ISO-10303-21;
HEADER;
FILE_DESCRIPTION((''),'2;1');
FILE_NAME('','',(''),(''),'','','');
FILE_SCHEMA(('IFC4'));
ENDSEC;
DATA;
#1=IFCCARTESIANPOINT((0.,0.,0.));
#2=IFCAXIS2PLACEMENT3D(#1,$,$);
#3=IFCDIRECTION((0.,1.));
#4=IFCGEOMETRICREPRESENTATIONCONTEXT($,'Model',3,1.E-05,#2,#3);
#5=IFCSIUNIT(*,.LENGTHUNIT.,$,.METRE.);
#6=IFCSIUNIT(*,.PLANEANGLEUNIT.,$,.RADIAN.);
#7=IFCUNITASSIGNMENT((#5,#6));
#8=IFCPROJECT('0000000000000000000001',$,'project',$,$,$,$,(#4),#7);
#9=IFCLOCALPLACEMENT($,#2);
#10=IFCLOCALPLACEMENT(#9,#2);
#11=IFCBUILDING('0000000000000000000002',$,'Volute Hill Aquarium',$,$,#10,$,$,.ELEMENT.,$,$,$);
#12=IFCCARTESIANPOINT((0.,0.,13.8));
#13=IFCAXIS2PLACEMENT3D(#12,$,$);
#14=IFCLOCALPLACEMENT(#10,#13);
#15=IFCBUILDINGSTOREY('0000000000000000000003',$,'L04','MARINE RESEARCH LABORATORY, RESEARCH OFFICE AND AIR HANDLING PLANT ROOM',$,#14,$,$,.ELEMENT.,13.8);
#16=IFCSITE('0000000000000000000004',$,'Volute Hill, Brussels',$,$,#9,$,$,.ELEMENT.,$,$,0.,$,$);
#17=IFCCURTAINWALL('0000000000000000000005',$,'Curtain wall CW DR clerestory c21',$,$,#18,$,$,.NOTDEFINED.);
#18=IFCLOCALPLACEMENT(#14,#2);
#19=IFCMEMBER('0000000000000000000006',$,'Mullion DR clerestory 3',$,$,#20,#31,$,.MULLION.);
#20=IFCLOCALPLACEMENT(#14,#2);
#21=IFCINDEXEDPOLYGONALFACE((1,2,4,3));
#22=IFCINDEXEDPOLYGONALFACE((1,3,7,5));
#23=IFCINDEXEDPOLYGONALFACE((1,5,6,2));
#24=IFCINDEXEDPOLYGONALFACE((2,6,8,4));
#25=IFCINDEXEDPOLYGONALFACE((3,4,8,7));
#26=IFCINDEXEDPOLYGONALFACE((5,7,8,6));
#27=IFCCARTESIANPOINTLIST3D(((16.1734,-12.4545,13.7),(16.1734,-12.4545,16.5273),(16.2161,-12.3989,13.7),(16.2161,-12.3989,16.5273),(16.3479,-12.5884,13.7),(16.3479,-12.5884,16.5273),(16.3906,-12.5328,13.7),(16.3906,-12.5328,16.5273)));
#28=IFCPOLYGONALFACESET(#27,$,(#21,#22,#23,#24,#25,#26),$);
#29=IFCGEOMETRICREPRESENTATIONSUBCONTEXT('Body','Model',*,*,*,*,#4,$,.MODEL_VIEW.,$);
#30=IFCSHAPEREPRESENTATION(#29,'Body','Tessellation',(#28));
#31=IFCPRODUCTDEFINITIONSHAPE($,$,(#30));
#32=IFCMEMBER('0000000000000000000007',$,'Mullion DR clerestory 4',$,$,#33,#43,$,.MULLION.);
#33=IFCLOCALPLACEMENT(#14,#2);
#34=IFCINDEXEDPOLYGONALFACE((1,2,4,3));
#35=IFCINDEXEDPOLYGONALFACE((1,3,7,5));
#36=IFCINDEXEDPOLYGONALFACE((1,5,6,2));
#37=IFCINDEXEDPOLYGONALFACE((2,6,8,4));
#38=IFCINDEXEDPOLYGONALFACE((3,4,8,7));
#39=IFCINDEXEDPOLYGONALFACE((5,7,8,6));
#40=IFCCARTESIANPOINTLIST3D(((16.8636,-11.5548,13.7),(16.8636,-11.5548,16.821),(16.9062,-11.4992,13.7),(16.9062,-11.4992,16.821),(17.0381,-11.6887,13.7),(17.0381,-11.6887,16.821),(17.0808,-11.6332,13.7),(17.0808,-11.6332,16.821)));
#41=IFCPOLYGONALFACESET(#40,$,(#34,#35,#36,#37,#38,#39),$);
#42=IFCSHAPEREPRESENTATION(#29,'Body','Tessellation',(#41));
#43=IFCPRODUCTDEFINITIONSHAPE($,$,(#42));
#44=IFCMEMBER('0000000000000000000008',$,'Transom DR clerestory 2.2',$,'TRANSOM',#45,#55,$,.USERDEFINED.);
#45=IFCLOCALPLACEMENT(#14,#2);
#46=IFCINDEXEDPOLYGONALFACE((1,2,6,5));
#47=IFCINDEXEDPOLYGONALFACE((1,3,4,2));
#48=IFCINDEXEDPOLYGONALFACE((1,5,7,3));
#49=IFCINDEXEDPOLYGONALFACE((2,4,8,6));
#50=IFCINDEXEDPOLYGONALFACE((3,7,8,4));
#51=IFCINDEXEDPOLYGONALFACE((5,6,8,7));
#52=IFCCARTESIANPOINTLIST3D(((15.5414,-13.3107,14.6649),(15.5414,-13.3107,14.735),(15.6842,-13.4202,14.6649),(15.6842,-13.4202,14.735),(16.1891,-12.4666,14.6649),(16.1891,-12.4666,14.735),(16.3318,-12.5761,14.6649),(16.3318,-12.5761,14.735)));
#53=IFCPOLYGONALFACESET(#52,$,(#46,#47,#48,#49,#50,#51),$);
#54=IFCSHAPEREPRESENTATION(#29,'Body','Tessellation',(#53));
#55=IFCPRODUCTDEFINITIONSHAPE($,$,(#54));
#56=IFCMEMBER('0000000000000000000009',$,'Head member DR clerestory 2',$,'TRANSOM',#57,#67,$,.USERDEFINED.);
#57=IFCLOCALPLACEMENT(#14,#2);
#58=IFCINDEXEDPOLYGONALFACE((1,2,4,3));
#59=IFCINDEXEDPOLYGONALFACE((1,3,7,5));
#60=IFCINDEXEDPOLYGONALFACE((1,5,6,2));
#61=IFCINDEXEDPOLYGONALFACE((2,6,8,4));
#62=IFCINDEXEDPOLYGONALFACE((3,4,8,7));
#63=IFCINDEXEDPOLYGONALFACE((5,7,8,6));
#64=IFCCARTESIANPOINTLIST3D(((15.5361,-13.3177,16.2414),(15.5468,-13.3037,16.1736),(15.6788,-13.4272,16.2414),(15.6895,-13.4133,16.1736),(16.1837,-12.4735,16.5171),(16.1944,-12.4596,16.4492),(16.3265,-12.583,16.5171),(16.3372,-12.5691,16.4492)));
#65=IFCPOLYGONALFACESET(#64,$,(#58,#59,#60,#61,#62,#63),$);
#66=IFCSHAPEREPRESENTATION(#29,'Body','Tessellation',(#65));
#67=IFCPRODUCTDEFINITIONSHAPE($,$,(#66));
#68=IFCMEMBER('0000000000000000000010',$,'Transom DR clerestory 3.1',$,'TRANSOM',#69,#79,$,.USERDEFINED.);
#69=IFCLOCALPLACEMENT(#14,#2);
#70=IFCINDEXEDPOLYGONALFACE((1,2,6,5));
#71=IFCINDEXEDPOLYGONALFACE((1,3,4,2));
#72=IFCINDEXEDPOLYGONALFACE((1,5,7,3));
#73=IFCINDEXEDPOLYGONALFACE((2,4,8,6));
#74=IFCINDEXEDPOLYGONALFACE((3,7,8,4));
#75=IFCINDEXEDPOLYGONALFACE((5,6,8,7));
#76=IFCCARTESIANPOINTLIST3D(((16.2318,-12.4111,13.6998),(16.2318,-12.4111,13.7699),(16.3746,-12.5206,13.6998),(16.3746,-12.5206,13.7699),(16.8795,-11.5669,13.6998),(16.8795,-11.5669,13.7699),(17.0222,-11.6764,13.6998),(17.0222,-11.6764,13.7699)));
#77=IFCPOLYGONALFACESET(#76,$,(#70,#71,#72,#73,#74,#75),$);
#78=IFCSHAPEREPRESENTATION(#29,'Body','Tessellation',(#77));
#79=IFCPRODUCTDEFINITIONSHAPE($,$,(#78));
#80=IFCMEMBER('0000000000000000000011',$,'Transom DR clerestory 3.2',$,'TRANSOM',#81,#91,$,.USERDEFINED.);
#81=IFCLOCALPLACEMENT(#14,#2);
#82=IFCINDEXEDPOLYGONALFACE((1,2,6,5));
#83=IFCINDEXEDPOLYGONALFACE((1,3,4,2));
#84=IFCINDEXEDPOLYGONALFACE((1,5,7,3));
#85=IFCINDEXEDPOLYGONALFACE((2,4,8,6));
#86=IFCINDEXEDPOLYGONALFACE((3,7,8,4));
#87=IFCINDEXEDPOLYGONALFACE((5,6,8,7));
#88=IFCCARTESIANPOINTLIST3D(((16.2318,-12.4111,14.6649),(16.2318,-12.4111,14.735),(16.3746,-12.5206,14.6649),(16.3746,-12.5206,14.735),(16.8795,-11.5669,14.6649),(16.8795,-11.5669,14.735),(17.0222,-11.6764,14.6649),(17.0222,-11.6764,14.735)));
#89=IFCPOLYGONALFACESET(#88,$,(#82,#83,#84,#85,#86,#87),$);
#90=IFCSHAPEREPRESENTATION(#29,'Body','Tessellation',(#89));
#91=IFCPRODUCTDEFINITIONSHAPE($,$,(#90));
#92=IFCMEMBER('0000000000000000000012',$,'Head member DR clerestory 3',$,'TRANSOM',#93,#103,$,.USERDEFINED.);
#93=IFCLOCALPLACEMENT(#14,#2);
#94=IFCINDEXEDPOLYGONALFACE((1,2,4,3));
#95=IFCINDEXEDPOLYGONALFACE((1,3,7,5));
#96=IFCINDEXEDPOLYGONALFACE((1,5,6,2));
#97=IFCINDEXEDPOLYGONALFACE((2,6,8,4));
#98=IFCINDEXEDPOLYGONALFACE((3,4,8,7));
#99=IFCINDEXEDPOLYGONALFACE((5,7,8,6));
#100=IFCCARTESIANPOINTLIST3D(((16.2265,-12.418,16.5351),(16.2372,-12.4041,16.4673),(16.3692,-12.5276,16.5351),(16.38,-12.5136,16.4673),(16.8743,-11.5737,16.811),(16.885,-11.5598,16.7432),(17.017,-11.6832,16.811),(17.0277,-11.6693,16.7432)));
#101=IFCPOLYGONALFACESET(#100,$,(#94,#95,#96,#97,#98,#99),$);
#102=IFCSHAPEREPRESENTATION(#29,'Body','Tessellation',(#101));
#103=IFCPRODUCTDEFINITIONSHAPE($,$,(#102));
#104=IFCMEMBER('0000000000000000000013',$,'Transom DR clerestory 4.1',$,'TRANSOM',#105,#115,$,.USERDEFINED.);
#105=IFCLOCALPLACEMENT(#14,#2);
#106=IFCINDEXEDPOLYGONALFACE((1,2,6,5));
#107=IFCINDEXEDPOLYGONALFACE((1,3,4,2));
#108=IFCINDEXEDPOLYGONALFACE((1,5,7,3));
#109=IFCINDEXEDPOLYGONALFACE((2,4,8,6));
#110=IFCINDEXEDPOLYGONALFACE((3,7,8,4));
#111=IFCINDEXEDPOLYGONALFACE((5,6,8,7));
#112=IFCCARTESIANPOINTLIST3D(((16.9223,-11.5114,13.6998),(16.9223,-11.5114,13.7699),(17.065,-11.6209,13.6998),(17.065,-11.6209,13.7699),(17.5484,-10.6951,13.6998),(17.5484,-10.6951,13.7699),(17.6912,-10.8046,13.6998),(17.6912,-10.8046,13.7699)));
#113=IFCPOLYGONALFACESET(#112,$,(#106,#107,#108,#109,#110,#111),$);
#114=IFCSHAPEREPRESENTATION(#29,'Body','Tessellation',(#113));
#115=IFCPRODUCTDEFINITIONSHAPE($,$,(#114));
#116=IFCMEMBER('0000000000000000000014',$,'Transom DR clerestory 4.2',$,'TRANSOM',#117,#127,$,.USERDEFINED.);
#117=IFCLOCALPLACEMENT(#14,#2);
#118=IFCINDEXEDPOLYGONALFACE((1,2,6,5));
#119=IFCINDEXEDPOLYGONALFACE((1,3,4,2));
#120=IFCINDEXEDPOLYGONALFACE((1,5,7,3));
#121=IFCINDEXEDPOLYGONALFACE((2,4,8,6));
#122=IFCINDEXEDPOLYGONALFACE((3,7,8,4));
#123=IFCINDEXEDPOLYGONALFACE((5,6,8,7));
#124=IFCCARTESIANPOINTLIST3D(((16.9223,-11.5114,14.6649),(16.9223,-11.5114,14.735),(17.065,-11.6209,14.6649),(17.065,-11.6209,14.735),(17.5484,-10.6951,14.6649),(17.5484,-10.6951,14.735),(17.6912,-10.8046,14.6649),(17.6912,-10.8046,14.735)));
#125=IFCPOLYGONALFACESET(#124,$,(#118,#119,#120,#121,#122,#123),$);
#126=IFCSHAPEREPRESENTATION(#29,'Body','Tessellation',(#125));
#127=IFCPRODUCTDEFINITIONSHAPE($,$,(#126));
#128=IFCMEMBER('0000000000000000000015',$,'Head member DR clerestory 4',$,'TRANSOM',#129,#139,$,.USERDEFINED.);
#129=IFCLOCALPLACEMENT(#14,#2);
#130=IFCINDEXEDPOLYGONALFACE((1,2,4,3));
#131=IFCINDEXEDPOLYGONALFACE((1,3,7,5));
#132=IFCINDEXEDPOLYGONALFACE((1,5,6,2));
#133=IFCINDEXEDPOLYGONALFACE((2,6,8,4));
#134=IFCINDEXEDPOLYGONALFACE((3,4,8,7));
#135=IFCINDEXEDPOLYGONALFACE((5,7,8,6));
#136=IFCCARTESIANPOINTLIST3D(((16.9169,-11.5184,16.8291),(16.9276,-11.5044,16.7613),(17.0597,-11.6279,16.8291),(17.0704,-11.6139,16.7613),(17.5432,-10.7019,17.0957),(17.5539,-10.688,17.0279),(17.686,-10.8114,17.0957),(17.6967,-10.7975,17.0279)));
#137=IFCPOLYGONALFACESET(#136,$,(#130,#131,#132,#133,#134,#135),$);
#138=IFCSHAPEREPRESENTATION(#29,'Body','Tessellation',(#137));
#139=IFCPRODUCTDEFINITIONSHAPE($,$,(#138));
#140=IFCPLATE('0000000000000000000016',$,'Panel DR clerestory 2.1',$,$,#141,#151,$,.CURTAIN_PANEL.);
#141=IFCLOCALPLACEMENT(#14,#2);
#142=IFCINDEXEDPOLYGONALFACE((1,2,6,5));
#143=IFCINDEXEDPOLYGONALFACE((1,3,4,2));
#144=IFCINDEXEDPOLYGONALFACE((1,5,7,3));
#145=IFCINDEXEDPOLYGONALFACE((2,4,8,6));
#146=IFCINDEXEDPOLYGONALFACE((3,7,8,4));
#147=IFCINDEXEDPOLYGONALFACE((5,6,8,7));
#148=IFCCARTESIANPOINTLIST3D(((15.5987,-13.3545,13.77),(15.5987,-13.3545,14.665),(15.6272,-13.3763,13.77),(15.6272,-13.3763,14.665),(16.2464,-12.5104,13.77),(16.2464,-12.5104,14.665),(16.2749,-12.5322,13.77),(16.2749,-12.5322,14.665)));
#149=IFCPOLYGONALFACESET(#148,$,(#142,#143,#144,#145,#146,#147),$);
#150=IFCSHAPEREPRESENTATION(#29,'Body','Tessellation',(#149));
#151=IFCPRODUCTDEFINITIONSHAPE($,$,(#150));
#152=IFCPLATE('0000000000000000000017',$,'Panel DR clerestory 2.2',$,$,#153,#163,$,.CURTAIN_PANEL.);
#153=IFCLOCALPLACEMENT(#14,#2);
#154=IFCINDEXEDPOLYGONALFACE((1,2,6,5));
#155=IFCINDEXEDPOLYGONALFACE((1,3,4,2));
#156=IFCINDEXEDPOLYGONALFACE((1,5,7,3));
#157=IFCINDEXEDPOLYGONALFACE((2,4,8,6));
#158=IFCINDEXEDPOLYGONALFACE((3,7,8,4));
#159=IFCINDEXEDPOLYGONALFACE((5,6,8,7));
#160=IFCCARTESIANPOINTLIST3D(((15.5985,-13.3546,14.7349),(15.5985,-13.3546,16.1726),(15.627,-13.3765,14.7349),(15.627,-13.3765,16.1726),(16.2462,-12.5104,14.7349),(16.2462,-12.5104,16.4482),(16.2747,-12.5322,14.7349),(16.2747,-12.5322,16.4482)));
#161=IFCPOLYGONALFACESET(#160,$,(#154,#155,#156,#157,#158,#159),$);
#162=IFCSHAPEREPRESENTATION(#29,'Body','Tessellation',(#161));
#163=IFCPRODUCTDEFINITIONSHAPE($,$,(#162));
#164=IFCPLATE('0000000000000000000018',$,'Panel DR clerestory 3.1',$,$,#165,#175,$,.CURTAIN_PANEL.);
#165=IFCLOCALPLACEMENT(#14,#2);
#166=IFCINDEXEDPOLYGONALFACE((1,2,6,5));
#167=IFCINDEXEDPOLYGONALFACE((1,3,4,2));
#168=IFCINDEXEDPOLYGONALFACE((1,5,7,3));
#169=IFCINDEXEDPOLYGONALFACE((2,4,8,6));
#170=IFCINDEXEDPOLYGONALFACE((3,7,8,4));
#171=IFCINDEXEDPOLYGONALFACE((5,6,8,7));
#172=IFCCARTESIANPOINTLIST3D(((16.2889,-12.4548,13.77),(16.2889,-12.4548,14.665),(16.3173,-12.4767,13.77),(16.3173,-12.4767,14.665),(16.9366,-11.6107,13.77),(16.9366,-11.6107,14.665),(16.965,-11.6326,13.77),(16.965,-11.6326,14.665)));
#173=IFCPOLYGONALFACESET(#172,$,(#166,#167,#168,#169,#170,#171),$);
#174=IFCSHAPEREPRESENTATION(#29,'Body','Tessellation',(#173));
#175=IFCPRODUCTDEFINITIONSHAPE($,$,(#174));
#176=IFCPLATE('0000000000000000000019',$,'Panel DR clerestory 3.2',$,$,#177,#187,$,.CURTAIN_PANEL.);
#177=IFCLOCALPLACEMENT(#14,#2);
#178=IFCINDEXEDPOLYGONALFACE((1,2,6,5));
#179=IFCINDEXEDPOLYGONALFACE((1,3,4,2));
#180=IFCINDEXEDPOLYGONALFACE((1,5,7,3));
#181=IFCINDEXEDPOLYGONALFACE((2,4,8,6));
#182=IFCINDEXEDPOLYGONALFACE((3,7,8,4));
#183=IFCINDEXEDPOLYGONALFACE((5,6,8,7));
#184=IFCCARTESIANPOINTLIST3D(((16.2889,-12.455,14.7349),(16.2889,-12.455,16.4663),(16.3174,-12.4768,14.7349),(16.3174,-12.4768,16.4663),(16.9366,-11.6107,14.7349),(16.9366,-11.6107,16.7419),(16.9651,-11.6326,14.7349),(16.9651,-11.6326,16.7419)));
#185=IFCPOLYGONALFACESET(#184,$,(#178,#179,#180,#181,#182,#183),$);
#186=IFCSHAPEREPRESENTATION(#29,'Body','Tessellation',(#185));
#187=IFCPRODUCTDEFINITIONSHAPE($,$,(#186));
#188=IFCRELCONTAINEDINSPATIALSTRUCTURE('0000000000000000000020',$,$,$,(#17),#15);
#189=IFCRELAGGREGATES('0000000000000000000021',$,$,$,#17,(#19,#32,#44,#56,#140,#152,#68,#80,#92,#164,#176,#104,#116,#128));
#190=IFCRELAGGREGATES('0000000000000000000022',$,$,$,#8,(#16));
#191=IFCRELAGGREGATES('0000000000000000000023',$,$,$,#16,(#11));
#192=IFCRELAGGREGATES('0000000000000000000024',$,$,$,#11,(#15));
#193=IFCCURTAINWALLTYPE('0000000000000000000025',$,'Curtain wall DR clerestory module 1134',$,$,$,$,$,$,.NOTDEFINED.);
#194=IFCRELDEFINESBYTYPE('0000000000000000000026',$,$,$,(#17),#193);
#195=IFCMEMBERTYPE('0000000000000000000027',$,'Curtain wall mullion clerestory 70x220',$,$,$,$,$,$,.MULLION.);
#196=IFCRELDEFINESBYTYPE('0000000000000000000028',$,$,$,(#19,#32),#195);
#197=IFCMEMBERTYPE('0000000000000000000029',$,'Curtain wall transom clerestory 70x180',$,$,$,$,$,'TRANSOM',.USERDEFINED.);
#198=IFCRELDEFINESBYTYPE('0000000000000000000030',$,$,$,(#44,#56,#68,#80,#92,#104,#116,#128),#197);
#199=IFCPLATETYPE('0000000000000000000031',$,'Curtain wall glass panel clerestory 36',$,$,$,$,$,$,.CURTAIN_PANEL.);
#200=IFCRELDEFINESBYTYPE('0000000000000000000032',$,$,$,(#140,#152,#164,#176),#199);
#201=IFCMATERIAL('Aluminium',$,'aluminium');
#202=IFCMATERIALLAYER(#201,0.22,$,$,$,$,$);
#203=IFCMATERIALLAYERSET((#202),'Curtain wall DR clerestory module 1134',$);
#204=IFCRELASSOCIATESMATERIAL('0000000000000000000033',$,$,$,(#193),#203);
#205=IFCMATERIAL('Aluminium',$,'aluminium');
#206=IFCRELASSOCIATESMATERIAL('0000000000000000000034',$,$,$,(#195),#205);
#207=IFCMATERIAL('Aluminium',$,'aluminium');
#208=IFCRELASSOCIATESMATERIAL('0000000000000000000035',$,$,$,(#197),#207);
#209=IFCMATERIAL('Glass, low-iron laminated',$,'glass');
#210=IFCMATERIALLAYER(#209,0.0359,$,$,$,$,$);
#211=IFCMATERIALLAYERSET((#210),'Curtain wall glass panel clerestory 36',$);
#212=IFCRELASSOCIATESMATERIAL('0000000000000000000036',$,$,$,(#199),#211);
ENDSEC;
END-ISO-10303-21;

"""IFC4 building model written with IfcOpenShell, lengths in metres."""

from ifc_helpers import new_model, si_unit, direction, frame, origin, origin_2d, place, context, subcontext, project, spatial, polyline, rectangle, outline, extrude, material, layer, layer_set, material_profile, profile_set, type_object, element, aggregate, save


model = new_model("IFC4")

# Units and contexts
model_context = context("Model", 3, precision=1e-05, world=origin(), true_north=direction((0.0, 1.0)))
body_context = subcontext(model_context, "Body", "Model", "MODEL_VIEW")
ifc_project = project(units=[si_unit("LENGTHUNIT", "METRE"), si_unit("PLANEANGLEUNIT", "RADIAN")], contexts=[model_context])

# Site, building, storey
site_placement = place(None, origin())
site = spatial("IfcSite", under=ifc_project, at=site_placement, Name="Volute Hill, Brussels", CompositionType="ELEMENT", RefElevation=0.0)
building_placement = place(site_placement, origin())
building = spatial("IfcBuilding", under=site, at=building_placement, Name="Volute Hill Aquarium", CompositionType="ELEMENT")
storey_placement = place(building_placement, frame((0.0, 0.0, 13.8)))
storey = spatial("IfcBuildingStorey", under=building, at=storey_placement, Name="L04", Description="MARINE RESEARCH LABORATORY, RESEARCH OFFICE AND AIR HANDLING PLANT ROOM", CompositionType="ELEMENT", Elevation=13.8)

# Curtain wall, members, plates
ifc_material_1 = material(Name="Aluminium", Category="aluminium")
ifc_layer_1 = layer(ifc_material_1, 0.22)
ifc_layer_set_1 = layer_set([ifc_layer_1], Name="Curtain wall DR clerestory module 1134")
curtain_wall_type = type_object("IfcCurtainWallType", Name="Curtain wall DR clerestory module 1134", PredefinedType="NOTDEFINED", material=ifc_layer_set_1)
curtain_wall_placement = place(storey_placement, origin())
curtain_wall = element("IfcCurtainWall", 1, at=curtain_wall_placement, inside=storey, type_object=curtain_wall_type, Name="Curtain wall CW DR clerestory c21", PredefinedType="NOTDEFINED")
ifc_material_2 = material(Name="Aluminium", Category="aluminium")
ifc_material_profile_1 = material_profile(ifc_material_2, rectangle(XDim=0.22, YDim=0.0701, at=origin_2d()), Name="Curtain wall mullion clerestory 70x220")
ifc_profile_set_1 = profile_set([ifc_material_profile_1], Name="Aluminium")
member_type_1 = type_object("IfcMemberType", Name="Curtain wall mullion clerestory 70x220", PredefinedType="MULLION", material=ifc_profile_set_1)
member_1_placement = place(storey_placement, frame((16.282, -12.4937, 13.7), z_axis=(0.0, 0.0, 1.0), x_axis=(-0.793354, 0.608761, 0.0)))
member_1 = element("IfcMember", 2, at=member_1_placement, type_object=member_type_1, Name="Mullion DR clerestory 3", PredefinedType="MULLION", context=body_context, shape_type="SweptSolid", body=[
    extrude(rectangle(XDim=0.22, YDim=0.0701, at=origin_2d()), origin(), (0.0, 0.0, 1.0), 2.8274),
])
member_2_placement = place(storey_placement, frame((16.9722, -11.594, 13.7), z_axis=(0.0, 0.0, 1.0), x_axis=(-0.793354, 0.608761, 0.0)))
member_2 = element("IfcMember", 3, at=member_2_placement, type_object=member_type_1, Name="Mullion DR clerestory 4", PredefinedType="MULLION", context=body_context, shape_type="SweptSolid", body=[
    extrude(rectangle(XDim=0.22, YDim=0.0701, at=origin_2d()), origin(), (0.0, 0.0, 1.0), 3.1211),
])
ifc_material_3 = material(Name="Aluminium", Category="aluminium")
ifc_material_profile_2 = material_profile(ifc_material_3, rectangle(XDim=0.1799, YDim=0.0701, at=origin_2d()), Name="Curtain wall transom clerestory 70x180")
ifc_profile_set_2 = profile_set([ifc_material_profile_2], Name="Aluminium")
member_type_2 = type_object("IfcMemberType", Name="Curtain wall transom clerestory 70x180", ElementType="TRANSOM", PredefinedType="USERDEFINED", material=ifc_profile_set_2)
member_3_placement = place(storey_placement, frame((15.6128, -13.3655, 14.7), z_axis=(0.608701, 0.7934, 0.0), x_axis=(-0.7934, 0.608701, 0.0)))
member_3 = element("IfcMember", 4, at=member_3_placement, type_object=member_type_2, Name="Transom DR clerestory 2.2", ObjectType="TRANSOM", PredefinedType="USERDEFINED", context=body_context, shape_type="SweptSolid", body=[
    extrude(rectangle(XDim=0.1799, YDim=0.0701, at=origin_2d()), origin(), (0.0, 0.0, 1.0), 1.064),
])
member_4_placement = place(storey_placement, frame((15.6128, -13.3655, 16.2075), z_axis=(0.589253, 0.76805, 0.25076), x_axis=(-0.7934, 0.608701, 0.0)))
member_4 = element("IfcMember", 5, at=member_4_placement, type_object=member_type_2, Name="Head member DR clerestory 2", ObjectType="TRANSOM", PredefinedType="USERDEFINED", context=body_context, shape_type="SweptSolid", body=[
    extrude(rectangle(XDim=0.1799, YDim=0.0701, at=origin_2d()), origin(), (0.0, 0.0, 1.0), 1.0991),
])
member_5_placement = place(storey_placement, frame((16.3032, -12.4658, 13.7349), z_axis=(0.608701, 0.7934, 0.0), x_axis=(-0.7934, 0.608701, 0.0)))
member_5 = element("IfcMember", 6, at=member_5_placement, type_object=member_type_2, Name="Transom DR clerestory 3.1", ObjectType="TRANSOM", PredefinedType="USERDEFINED", context=body_context, shape_type="SweptSolid", body=[
    extrude(rectangle(XDim=0.1799, YDim=0.0701, at=origin_2d()), origin(), (0.0, 0.0, 1.0), 1.064),
])
member_6_placement = place(storey_placement, frame((16.3032, -12.4658, 14.7), z_axis=(0.608701, 0.7934, 0.0), x_axis=(-0.7934, 0.608701, 0.0)))
member_6 = element("IfcMember", 7, at=member_6_placement, type_object=member_type_2, Name="Transom DR clerestory 3.2", ObjectType="TRANSOM", PredefinedType="USERDEFINED", context=body_context, shape_type="SweptSolid", body=[
    extrude(rectangle(XDim=0.1799, YDim=0.0701, at=origin_2d()), origin(), (0.0, 0.0, 1.0), 1.064),
])
member_7_placement = place(storey_placement, frame((16.3032, -12.4658, 16.5012), z_axis=(0.58922, 0.768007, 0.250968), x_axis=(-0.7934, 0.608701, 0.0)))
member_7 = element("IfcMember", 8, at=member_7_placement, type_object=member_type_2, Name="Head member DR clerestory 3", ObjectType="TRANSOM", PredefinedType="USERDEFINED", context=body_context, shape_type="SweptSolid", body=[
    extrude(rectangle(XDim=0.1799, YDim=0.0701, at=origin_2d()), origin(), (0.0, 0.0, 1.0), 1.0994),
])
member_8_placement = place(storey_placement, frame((16.9937, -11.5662, 13.7349), z_axis=(0.608621, 0.793461, 0.0), x_axis=(-0.793461, 0.608621, 0.0)))
member_8 = element("IfcMember", 9, at=member_8_placement, type_object=member_type_2, Name="Transom DR clerestory 4.1", ObjectType="TRANSOM", PredefinedType="USERDEFINED", context=body_context, shape_type="SweptSolid", body=[
    extrude(rectangle(XDim=0.1799, YDim=0.0701, at=origin_2d()), origin(), (0.0, 0.0, 1.0), 1.0288),
])
member_9_placement = place(storey_placement, frame((16.9937, -11.5662, 14.7), z_axis=(0.608621, 0.793461, 0.0), x_axis=(-0.793461, 0.608621, 0.0)))
member_9 = element("IfcMember", 10, at=member_9_placement, type_object=member_type_2, Name="Transom DR clerestory 4.2", ObjectType="TRANSOM", PredefinedType="USERDEFINED", context=body_context, shape_type="SweptSolid", body=[
    extrude(rectangle(XDim=0.1799, YDim=0.0701, at=origin_2d()), origin(), (0.0, 0.0, 1.0), 1.0288),
])
member_10_placement = place(storey_placement, frame((16.9937, -11.5662, 16.7952), z_axis=(0.589165, 0.768096, 0.250826), x_axis=(-0.793461, 0.608621, 0.0)))
member_10 = element("IfcMember", 11, at=member_10_placement, type_object=member_type_2, Name="Head member DR clerestory 4", ObjectType="TRANSOM", PredefinedType="USERDEFINED", context=body_context, shape_type="SweptSolid", body=[
    extrude(rectangle(XDim=0.1799, YDim=0.0701, at=origin_2d()), origin(), (0.0, 0.0, 1.0), 1.063),
])
ifc_material_4 = material(Name="Glass, low-iron laminated", Category="glass")
ifc_layer_2 = layer(ifc_material_4, 0.0359)
ifc_layer_set_2 = layer_set([ifc_layer_2], Name="Curtain wall glass panel clerestory 36")
plate_type = type_object("IfcPlateType", Name="Curtain wall glass panel clerestory 36", PredefinedType="CURTAIN_PANEL", material=ifc_layer_set_2)
plate_1_placement = place(storey_placement, frame((15.9368, -12.9434, 13.77), z_axis=(0.0, 0.0, 1.0), x_axis=(0.608761, 0.793354, 0.0)))
plate_1 = element("IfcPlate", 12, at=plate_1_placement, type_object=plate_type, Name="Panel DR clerestory 2.1", PredefinedType="CURTAIN_PANEL", context=body_context, shape_type="SweptSolid", body=[
    extrude(rectangle(XDim=1.064, YDim=0.0359, at=origin_2d()), origin(), (0.0, 0.0, 1.0), 0.895),
])
plate_2_placement = place(storey_placement, frame((15.627, -13.3765, 14.7349), z_axis=(0.7934, -0.608701, 0.0), x_axis=(0.608701, 0.7934, 0.0)))
plate_2 = element("IfcPlate", 13, at=plate_2_placement, type_object=plate_type, Name="Panel DR clerestory 2.2", PredefinedType="CURTAIN_PANEL", context=body_context, shape_type="SweptSolid", body=[
    extrude(outline(polyline([(0.0, 0.0), (1.0641, 0.0), (1.0641, 1.7134), (0.0, 1.4377), (0.0, 0.0)])), origin(), (0.0, 0.0, -1.0), 0.0359),
])
plate_3_placement = place(storey_placement, frame((16.627, -12.0437, 13.77), z_axis=(0.0, 0.0, 1.0), x_axis=(0.608761, 0.793354, 0.0)))
plate_3 = element("IfcPlate", 14, at=plate_3_placement, type_object=plate_type, Name="Panel DR clerestory 3.1", PredefinedType="CURTAIN_PANEL", context=body_context, shape_type="SweptSolid", body=[
    extrude(rectangle(XDim=1.064, YDim=0.0359, at=origin_2d()), origin(), (0.0, 0.0, 1.0), 0.895),
])
plate_4_placement = place(storey_placement, frame((16.3174, -12.4768, 14.7349), z_axis=(0.7934, -0.608701, 0.0), x_axis=(0.608701, 0.7934, 0.0)))
plate_4 = element("IfcPlate", 15, at=plate_4_placement, type_object=plate_type, Name="Panel DR clerestory 3.2", PredefinedType="CURTAIN_PANEL", context=body_context, shape_type="SweptSolid", body=[
    extrude(outline(polyline([(0.0, 0.0), (1.0641, 0.0), (1.0641, 2.0071), (0.0, 1.7314), (0.0, 0.0)])), origin(), (0.0, 0.0, -1.0), 0.0359),
])
aggregate(curtain_wall, [member_1, member_2, member_3, member_4, plate_1, plate_2, member_5, member_6, member_7, plate_3, plate_4, member_8, member_9, member_10])

save(model, "model.ifc")
